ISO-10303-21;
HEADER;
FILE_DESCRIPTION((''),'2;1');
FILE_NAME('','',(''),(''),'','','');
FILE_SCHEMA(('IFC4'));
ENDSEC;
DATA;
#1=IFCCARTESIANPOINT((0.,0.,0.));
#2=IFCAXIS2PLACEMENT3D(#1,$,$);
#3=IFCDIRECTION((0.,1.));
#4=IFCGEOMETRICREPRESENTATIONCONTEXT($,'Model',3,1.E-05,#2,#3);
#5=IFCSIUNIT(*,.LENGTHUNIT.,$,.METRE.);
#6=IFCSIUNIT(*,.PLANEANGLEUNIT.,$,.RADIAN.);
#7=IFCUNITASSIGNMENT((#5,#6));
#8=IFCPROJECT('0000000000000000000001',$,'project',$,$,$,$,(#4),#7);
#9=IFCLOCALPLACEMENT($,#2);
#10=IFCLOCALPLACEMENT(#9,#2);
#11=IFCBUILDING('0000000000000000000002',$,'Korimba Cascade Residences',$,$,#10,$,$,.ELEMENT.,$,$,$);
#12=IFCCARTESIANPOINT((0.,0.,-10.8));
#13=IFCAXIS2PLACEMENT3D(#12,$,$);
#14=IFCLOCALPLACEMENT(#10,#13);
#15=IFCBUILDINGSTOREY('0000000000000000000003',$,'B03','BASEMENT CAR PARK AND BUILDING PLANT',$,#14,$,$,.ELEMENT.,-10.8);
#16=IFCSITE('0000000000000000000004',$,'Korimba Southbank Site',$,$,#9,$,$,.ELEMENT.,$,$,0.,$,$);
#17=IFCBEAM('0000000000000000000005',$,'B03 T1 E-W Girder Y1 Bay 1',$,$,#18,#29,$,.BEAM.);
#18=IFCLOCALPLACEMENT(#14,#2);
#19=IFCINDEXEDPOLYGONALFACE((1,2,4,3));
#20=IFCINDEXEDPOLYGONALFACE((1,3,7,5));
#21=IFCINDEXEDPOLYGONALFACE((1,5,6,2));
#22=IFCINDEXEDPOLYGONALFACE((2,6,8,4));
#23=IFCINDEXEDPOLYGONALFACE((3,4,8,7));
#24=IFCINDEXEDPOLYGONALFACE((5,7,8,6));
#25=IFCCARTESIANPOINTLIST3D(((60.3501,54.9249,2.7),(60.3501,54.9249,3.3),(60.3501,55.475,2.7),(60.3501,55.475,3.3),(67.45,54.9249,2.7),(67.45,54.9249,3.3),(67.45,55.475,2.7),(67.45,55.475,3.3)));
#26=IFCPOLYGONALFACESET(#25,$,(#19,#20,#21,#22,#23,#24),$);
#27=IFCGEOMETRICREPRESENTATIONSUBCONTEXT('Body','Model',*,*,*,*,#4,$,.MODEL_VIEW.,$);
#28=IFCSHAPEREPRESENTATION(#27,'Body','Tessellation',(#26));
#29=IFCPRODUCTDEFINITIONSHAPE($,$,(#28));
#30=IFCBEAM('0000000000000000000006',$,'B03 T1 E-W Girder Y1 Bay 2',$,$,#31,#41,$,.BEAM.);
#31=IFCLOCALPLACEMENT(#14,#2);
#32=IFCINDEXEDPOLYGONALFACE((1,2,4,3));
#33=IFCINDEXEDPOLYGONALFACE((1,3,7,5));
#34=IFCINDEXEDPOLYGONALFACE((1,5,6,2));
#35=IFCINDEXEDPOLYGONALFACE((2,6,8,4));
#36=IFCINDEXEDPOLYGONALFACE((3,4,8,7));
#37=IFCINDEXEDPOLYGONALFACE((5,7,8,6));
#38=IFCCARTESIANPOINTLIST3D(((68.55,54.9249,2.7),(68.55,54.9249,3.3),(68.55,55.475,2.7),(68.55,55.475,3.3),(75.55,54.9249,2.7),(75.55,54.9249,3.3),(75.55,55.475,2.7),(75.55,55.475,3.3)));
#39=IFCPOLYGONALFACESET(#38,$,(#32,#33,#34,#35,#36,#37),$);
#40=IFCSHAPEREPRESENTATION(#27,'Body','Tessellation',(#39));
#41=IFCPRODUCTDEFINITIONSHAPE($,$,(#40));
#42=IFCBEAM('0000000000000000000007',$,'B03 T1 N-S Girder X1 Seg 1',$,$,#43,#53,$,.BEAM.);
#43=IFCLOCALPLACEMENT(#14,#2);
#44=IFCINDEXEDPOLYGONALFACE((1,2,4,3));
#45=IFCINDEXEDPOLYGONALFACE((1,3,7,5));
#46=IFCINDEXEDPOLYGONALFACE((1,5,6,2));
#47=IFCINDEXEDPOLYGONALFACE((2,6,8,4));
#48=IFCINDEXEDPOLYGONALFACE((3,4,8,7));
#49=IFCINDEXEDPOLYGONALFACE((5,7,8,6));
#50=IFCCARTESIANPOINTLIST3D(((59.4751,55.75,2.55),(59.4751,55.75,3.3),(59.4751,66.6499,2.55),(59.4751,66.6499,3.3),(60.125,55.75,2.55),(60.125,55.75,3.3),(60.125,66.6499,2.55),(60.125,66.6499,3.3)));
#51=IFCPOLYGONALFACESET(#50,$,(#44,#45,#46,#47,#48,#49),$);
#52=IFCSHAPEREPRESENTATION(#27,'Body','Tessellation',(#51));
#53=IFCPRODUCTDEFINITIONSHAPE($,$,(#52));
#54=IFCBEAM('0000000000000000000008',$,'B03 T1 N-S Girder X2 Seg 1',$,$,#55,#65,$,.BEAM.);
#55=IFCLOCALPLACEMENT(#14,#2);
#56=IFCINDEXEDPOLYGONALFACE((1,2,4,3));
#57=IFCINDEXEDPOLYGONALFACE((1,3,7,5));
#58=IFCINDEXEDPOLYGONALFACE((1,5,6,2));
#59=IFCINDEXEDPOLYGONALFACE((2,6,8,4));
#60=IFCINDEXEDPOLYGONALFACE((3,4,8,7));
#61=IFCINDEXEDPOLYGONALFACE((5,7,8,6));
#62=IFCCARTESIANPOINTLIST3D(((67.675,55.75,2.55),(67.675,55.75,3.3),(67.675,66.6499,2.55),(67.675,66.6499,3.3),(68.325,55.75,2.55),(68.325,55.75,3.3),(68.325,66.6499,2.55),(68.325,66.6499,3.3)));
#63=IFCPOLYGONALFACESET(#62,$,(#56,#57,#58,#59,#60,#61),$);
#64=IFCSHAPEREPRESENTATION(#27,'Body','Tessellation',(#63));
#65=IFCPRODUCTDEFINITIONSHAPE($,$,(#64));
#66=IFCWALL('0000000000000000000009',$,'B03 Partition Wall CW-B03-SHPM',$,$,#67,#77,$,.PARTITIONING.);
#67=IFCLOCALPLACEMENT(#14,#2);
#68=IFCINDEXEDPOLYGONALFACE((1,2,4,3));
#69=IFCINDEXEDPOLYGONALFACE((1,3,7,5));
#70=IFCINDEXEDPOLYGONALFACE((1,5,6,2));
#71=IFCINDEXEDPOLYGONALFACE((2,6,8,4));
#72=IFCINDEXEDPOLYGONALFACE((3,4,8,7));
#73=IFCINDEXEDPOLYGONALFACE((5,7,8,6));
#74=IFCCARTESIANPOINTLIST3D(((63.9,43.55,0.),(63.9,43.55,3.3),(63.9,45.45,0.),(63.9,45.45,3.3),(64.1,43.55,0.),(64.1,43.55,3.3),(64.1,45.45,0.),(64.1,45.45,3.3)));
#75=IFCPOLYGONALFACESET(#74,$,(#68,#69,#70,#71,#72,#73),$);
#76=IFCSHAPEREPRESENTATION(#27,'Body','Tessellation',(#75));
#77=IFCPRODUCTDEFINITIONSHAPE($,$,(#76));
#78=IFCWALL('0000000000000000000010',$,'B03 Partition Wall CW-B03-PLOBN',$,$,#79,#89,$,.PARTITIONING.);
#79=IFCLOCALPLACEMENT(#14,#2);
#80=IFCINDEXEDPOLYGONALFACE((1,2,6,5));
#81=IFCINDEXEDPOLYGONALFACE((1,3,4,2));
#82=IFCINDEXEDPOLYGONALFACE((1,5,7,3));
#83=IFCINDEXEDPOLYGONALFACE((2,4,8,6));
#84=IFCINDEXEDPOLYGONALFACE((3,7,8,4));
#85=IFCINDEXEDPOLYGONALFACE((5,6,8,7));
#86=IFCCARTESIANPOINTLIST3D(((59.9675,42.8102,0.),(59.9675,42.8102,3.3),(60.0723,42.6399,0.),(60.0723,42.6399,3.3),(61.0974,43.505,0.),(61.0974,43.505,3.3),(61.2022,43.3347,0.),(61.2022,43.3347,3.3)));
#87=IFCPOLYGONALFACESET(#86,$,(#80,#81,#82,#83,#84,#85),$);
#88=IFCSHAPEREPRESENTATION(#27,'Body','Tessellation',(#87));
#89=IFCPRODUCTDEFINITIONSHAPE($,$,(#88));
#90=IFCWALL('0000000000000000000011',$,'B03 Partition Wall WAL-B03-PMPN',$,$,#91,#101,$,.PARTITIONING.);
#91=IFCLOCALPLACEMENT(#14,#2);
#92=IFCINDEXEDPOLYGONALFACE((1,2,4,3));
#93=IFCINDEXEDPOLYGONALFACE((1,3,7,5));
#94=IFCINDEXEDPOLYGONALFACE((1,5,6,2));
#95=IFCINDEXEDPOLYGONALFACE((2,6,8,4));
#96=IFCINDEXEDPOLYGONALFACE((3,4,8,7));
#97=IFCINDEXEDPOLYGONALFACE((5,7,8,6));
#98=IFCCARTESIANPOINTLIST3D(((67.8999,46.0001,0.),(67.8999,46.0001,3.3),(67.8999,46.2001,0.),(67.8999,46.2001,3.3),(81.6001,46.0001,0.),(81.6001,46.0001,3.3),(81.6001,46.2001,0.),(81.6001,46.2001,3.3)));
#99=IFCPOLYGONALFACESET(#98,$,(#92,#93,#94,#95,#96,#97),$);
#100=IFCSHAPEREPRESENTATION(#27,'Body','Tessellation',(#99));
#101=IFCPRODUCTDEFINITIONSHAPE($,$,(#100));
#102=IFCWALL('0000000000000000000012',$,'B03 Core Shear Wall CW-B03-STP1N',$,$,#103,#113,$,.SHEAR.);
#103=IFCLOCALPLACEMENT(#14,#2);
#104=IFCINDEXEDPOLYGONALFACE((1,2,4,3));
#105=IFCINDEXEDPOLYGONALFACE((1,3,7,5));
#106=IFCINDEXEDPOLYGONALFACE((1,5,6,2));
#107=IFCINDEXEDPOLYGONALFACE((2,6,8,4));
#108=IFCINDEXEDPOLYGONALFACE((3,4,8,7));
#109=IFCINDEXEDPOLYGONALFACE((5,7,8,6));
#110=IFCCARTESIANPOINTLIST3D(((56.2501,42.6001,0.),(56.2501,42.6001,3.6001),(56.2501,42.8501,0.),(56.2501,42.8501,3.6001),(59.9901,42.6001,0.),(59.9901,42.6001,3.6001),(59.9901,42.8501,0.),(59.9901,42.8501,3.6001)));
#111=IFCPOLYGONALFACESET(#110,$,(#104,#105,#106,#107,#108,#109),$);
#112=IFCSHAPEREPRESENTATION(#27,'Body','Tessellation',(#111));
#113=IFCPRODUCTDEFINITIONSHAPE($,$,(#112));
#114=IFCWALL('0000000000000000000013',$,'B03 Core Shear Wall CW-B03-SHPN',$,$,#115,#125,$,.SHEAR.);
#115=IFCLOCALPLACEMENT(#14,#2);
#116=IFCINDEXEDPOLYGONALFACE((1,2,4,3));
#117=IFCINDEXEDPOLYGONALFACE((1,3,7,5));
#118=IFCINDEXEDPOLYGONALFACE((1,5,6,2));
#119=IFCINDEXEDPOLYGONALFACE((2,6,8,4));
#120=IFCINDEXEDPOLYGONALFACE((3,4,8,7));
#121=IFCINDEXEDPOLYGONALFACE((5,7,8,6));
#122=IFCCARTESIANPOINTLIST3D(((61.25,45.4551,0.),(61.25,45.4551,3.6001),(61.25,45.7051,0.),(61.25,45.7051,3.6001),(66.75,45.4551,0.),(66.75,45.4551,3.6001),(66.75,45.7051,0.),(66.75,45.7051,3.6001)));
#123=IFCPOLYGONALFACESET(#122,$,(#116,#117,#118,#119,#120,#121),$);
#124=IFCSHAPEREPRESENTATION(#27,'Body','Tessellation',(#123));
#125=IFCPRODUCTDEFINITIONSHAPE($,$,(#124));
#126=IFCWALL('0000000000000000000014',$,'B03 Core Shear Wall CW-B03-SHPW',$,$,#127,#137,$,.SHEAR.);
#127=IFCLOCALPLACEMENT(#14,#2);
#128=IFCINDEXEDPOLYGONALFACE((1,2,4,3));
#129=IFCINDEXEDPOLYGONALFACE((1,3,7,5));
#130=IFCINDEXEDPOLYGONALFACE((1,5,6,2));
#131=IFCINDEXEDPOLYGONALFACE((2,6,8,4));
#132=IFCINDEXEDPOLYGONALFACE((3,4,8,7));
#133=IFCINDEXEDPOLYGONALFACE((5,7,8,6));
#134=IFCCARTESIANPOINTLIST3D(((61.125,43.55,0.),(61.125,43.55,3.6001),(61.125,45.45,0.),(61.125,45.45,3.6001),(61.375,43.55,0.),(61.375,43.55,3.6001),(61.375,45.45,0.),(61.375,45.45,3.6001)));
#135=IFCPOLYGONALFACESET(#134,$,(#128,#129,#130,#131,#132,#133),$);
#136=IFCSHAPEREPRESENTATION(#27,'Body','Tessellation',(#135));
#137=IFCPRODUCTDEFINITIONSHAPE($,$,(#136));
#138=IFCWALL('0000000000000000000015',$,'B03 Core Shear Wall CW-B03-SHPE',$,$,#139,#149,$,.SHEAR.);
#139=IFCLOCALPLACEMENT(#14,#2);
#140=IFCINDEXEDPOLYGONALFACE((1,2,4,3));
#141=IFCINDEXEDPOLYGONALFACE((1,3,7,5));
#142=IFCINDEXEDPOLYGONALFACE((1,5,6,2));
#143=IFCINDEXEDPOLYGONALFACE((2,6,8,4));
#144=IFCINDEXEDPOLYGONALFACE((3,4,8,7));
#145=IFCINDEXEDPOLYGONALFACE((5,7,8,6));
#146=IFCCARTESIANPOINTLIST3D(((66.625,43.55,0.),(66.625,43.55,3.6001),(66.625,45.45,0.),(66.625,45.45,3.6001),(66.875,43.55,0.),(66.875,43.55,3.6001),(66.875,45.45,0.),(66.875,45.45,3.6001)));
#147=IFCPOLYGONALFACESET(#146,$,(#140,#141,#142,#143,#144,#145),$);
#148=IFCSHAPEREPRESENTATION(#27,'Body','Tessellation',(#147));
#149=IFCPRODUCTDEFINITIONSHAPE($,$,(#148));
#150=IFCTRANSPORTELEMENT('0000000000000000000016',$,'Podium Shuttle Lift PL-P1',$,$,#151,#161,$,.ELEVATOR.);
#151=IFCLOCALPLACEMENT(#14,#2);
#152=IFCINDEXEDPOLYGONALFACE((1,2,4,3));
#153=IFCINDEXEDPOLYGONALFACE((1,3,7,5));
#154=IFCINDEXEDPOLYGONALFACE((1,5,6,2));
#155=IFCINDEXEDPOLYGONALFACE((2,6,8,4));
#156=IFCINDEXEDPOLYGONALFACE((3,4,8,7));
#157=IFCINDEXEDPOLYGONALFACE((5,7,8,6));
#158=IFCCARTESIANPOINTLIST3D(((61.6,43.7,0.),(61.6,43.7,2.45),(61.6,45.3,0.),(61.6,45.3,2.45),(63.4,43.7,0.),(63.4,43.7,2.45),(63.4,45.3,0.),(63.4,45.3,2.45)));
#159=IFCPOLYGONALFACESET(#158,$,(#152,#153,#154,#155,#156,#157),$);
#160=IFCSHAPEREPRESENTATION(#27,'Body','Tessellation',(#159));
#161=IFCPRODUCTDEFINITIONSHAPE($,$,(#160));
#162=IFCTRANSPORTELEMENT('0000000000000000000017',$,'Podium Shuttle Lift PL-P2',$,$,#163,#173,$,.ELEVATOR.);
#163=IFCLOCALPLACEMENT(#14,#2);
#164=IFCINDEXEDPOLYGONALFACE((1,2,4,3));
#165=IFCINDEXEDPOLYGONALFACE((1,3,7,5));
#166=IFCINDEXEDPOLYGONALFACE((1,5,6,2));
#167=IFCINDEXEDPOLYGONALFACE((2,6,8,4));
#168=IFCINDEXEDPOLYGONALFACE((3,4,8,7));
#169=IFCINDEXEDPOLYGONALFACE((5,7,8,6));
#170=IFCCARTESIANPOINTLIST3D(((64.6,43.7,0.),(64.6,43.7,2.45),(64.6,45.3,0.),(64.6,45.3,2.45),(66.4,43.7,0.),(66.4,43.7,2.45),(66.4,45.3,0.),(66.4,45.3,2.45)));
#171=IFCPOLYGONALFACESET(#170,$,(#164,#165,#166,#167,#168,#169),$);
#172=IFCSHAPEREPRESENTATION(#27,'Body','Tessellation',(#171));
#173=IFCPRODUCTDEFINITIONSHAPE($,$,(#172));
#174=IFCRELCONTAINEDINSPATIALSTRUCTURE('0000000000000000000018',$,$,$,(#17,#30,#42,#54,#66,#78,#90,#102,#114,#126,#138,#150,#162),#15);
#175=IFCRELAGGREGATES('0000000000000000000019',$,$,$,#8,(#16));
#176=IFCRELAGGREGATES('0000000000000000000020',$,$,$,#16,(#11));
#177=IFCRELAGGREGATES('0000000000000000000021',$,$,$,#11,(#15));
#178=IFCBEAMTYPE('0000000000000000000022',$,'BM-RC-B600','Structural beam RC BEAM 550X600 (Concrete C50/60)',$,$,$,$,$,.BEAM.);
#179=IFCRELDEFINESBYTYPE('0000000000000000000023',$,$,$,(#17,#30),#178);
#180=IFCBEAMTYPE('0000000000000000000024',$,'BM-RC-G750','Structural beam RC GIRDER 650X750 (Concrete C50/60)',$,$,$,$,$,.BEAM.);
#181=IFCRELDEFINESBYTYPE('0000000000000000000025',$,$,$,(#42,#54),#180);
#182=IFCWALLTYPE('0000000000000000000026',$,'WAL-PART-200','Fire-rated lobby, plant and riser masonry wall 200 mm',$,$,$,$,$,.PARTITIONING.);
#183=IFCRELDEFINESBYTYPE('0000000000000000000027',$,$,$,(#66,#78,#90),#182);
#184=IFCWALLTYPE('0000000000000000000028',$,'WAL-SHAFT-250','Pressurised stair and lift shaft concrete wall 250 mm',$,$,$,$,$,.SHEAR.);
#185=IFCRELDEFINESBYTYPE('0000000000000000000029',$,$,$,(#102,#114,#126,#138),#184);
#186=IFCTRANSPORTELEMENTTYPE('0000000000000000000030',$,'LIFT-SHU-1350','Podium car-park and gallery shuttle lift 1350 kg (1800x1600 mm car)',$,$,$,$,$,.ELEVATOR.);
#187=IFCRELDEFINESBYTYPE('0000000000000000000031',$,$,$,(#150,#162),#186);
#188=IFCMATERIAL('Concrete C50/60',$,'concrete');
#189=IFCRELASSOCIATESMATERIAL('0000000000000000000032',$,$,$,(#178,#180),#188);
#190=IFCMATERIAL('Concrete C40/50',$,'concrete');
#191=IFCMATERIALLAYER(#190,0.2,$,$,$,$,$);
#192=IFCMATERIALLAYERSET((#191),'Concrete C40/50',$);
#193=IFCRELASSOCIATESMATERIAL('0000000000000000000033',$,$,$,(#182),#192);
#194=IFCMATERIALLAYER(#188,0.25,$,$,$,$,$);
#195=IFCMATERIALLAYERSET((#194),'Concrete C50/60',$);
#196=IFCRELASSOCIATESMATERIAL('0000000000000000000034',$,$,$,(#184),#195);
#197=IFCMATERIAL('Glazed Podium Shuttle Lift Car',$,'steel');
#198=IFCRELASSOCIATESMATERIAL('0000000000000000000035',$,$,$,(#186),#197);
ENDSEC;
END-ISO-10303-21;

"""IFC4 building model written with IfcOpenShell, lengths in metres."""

from ifc_helpers import new_model, si_unit, direction, frame, frame_2d, origin, origin_2d, place, context, subcontext, project, spatial, rectangle, extrude, material, layer, layer_set, material_profile, profile_set, type_object, element, save


model = new_model("IFC4")

# Units and contexts
model_context = context("Model", 3, precision=1e-05, world=origin(), true_north=direction((0.0, 1.0)))
body_context = subcontext(model_context, "Body", "Model", "MODEL_VIEW")
ifc_project = project(units=[si_unit("LENGTHUNIT", "METRE"), si_unit("PLANEANGLEUNIT", "RADIAN")], contexts=[model_context])

# Site, building, storey
site_placement = place(None, origin())
site = spatial("IfcSite", under=ifc_project, at=site_placement, Name="Korimba Southbank Site", CompositionType="ELEMENT", RefElevation=0.0)
building_placement = place(site_placement, origin())
building = spatial("IfcBuilding", under=site, at=building_placement, Name="Korimba Cascade Residences", CompositionType="ELEMENT")
storey_placement = place(building_placement, frame((0.0, 0.0, -10.8)))
storey = spatial("IfcBuildingStorey", under=building, at=storey_placement, Name="B03", Description="BASEMENT CAR PARK AND BUILDING PLANT", CompositionType="ELEMENT", Elevation=-10.8)

# Shared definitions
ifc_material_1 = material(Name="Concrete C50/60", Category="concrete")

# Beams
ifc_material_profile_1 = material_profile(ifc_material_1, rectangle(XDim=0.55, YDim=0.6001, at=origin_2d()), Name="Concrete C50/60")
ifc_profile_set_1 = profile_set([ifc_material_profile_1], Name="Concrete C50/60")
beam_type_1 = type_object("IfcBeamType", Name="BM-RC-B600", Description="Structural beam RC BEAM 550X600 (Concrete C50/60)", PredefinedType="BEAM", material=ifc_profile_set_1)
beam_1_placement = place(storey_placement, frame((60.3501, 55.2, 3.0), z_axis=(1.0, 0.0, 0.0), x_axis=(0.0, 1.0, 0.0)))
element("IfcBeam", 1, at=beam_1_placement, inside=storey, type_object=beam_type_1, Name="B03 T1 E-W Girder Y1 Bay 1", PredefinedType="BEAM", context=body_context, shape_type="SweptSolid", body=[
    extrude(rectangle(XDim=0.55, YDim=0.6001, at=origin_2d()), origin(), (0.0, 0.0, 1.0), 7.0999),
])
beam_2_placement = place(storey_placement, frame((68.55, 55.2, 3.0), z_axis=(1.0, 0.0, 0.0), x_axis=(0.0, 1.0, 0.0)))
element("IfcBeam", 2, at=beam_2_placement, inside=storey, type_object=beam_type_1, Name="B03 T1 E-W Girder Y1 Bay 2", PredefinedType="BEAM", context=body_context, shape_type="SweptSolid", body=[
    extrude(rectangle(XDim=0.55, YDim=0.6001, at=origin_2d()), origin(), (0.0, 0.0, 1.0), 7.0),
])
ifc_material_profile_2 = material_profile(ifc_material_1, rectangle(XDim=0.6499, YDim=0.75, at=origin_2d()), Name="Concrete C50/60")
ifc_profile_set_2 = profile_set([ifc_material_profile_2], Name="Concrete C50/60")
beam_type_2 = type_object("IfcBeamType", Name="BM-RC-G750", Description="Structural beam RC GIRDER 650X750 (Concrete C50/60)", PredefinedType="BEAM", material=ifc_profile_set_2)
for number, where, z_axis, x_axis, name in (
    (3, (59.8, 55.75, 2.925), (0.0, 1.0, 0.0), (-1.0, 0.0, 0.0), "B03 T1 N-S Girder X1 Seg 1"),
    (4, (68.0, 55.75, 2.925), (0.0, 1.0, 0.0), (-1.0, 0.0, 0.0), "B03 T1 N-S Girder X2 Seg 1"),
):
    element("IfcBeam", number, at=place(storey_placement, frame(where, z_axis=z_axis, x_axis=x_axis)), inside=storey, type_object=beam_type_2, Name=name, PredefinedType="BEAM", context=body_context, shape_type="SweptSolid", body=[
        extrude(rectangle(XDim=0.6499, YDim=0.75, at=origin_2d()), origin(), (0.0, 0.0, 1.0), 10.8999),
    ])

# Walls
ifc_material_2 = material(Name="Concrete C40/50", Category="concrete")
ifc_layer_1 = layer(ifc_material_2, 0.2)
ifc_layer_set_1 = layer_set([ifc_layer_1], Name="Concrete C40/50")
wall_type_1 = type_object("IfcWallType", Name="WAL-PART-200", Description="Fire-rated lobby, plant and riser masonry wall 200 mm", PredefinedType="PARTITIONING", material=ifc_layer_set_1)
wall_1_placement = place(storey_placement, frame((64.0, 43.55, 0.0), z_axis=(0.0, 0.0, 1.0), x_axis=(0.0, 1.0, 0.0)))
element("IfcWall", 5, at=wall_1_placement, inside=storey, type_object=wall_type_1, Name="B03 Partition Wall CW-B03-SHPM", PredefinedType="PARTITIONING", context=body_context, shape_type="SweptSolid", body=[
    extrude(rectangle(XDim=1.8999, YDim=0.2, at=frame_2d((0.95, 0.0))), origin(), (0.0, 0.0, 1.0), 3.3),
])
wall_2_placement = place(storey_placement, frame((60.02, 42.7251, 0.0), z_axis=(0.0, 0.0, 1.0), x_axis=(0.851823, 0.52383, 0.0)))
element("IfcWall", 6, at=wall_2_placement, inside=storey, type_object=wall_type_1, Name="B03 Partition Wall CW-B03-PLOBN", PredefinedType="PARTITIONING", context=body_context, shape_type="SweptSolid", body=[
    extrude(rectangle(XDim=1.3264, YDim=0.2, at=frame_2d((0.6631, 0.0))), origin(), (0.0, 0.0, 1.0), 3.3),
])
wall_3_placement = place(storey_placement, frame((67.8999, 46.1001, 0.0), z_axis=(0.0, 0.0, 1.0), x_axis=(1.0, 0.0, 0.0)))
element("IfcWall", 7, at=wall_3_placement, inside=storey, type_object=wall_type_1, Name="B03 Partition Wall WAL-B03-PMPN", PredefinedType="PARTITIONING", context=body_context, shape_type="SweptSolid", body=[
    extrude(rectangle(XDim=13.7002, YDim=0.2, at=frame_2d((6.8501, 0.0))), origin(), (0.0, 0.0, 1.0), 3.3),
])
ifc_layer_2 = layer(ifc_material_1, 0.25)
ifc_layer_set_2 = layer_set([ifc_layer_2], Name="Concrete C50/60")
wall_type_2 = type_object("IfcWallType", Name="WAL-SHAFT-250", Description="Pressurised stair and lift shaft concrete wall 250 mm", PredefinedType="SHEAR", material=ifc_layer_set_2)
wall_4_placement = place(storey_placement, frame((56.25, 42.7251, 0.0), z_axis=(0.0, 0.0, 1.0), x_axis=(1.0, 0.0, 0.0)))
element("IfcWall", 8, at=wall_4_placement, inside=storey, type_object=wall_type_2, Name="B03 Core Shear Wall CW-B03-STP1N", PredefinedType="SHEAR", context=body_context, shape_type="SweptSolid", body=[
    extrude(rectangle(XDim=3.74, YDim=0.25, at=frame_2d((1.8701, 0.0))), origin(), (0.0, 0.0, 1.0), 3.6001),
])

# Walls
wall_5_placement = place(storey_placement, frame((61.25, 45.5801, 0.0), z_axis=(0.0, 0.0, 1.0), x_axis=(1.0, 0.0, 0.0)))
element("IfcWall", 9, at=wall_5_placement, inside=storey, type_object=wall_type_2, Name="B03 Core Shear Wall CW-B03-SHPN", PredefinedType="SHEAR", context=body_context, shape_type="SweptSolid", body=[
    extrude(rectangle(XDim=5.5, YDim=0.25, at=frame_2d((2.75, 0.0))), origin(), (0.0, 0.0, 1.0), 3.6001),
])
for number, where, z_axis, x_axis, name in (
    (10, (61.25, 43.55, 0.0), (0.0, 0.0, 1.0), (0.0, 1.0, 0.0), "B03 Core Shear Wall CW-B03-SHPW"),
    (11, (66.75, 43.55, 0.0), (0.0, 0.0, 1.0), (0.0, 1.0, 0.0), "B03 Core Shear Wall CW-B03-SHPE"),
):
    element("IfcWall", number, at=place(storey_placement, frame(where, z_axis=z_axis, x_axis=x_axis)), inside=storey, type_object=wall_type_2, Name=name, PredefinedType="SHEAR", context=body_context, shape_type="SweptSolid", body=[
        extrude(rectangle(XDim=1.8999, YDim=0.25, at=frame_2d((0.95, 0.0))), origin(), (0.0, 0.0, 1.0), 3.6001),
    ])

# Transport elements
ifc_material_3 = material(Name="Glazed Podium Shuttle Lift Car", Category="steel")
transport_element_type = type_object("IfcTransportElementType", Name="LIFT-SHU-1350", Description="Podium car-park and gallery shuttle lift 1350 kg (1800x1600 mm car)", PredefinedType="ELEVATOR", material=ifc_material_3)
for number, where, z_axis, x_axis, name in (
    (12, (62.5, 44.5, 0.0), (0.0, 0.0, 1.0), (1.0, 0.0, 0.0), "Podium Shuttle Lift PL-P1"),
    (13, (65.5, 44.5, 0.0), (0.0, 0.0, 1.0), (1.0, 0.0, 0.0), "Podium Shuttle Lift PL-P2"),
):
    element("IfcTransportElement", number, at=place(storey_placement, frame(where, z_axis=z_axis, x_axis=x_axis)), inside=storey, type_object=transport_element_type, Name=name, PredefinedType="ELEVATOR", context=body_context, shape_type="SweptSolid", body=[
        extrude(rectangle(XDim=1.8, YDim=1.6001, at=origin_2d()), origin(), (0.0, 0.0, 1.0), 2.45),
    ])

save(model, "model.ifc")
